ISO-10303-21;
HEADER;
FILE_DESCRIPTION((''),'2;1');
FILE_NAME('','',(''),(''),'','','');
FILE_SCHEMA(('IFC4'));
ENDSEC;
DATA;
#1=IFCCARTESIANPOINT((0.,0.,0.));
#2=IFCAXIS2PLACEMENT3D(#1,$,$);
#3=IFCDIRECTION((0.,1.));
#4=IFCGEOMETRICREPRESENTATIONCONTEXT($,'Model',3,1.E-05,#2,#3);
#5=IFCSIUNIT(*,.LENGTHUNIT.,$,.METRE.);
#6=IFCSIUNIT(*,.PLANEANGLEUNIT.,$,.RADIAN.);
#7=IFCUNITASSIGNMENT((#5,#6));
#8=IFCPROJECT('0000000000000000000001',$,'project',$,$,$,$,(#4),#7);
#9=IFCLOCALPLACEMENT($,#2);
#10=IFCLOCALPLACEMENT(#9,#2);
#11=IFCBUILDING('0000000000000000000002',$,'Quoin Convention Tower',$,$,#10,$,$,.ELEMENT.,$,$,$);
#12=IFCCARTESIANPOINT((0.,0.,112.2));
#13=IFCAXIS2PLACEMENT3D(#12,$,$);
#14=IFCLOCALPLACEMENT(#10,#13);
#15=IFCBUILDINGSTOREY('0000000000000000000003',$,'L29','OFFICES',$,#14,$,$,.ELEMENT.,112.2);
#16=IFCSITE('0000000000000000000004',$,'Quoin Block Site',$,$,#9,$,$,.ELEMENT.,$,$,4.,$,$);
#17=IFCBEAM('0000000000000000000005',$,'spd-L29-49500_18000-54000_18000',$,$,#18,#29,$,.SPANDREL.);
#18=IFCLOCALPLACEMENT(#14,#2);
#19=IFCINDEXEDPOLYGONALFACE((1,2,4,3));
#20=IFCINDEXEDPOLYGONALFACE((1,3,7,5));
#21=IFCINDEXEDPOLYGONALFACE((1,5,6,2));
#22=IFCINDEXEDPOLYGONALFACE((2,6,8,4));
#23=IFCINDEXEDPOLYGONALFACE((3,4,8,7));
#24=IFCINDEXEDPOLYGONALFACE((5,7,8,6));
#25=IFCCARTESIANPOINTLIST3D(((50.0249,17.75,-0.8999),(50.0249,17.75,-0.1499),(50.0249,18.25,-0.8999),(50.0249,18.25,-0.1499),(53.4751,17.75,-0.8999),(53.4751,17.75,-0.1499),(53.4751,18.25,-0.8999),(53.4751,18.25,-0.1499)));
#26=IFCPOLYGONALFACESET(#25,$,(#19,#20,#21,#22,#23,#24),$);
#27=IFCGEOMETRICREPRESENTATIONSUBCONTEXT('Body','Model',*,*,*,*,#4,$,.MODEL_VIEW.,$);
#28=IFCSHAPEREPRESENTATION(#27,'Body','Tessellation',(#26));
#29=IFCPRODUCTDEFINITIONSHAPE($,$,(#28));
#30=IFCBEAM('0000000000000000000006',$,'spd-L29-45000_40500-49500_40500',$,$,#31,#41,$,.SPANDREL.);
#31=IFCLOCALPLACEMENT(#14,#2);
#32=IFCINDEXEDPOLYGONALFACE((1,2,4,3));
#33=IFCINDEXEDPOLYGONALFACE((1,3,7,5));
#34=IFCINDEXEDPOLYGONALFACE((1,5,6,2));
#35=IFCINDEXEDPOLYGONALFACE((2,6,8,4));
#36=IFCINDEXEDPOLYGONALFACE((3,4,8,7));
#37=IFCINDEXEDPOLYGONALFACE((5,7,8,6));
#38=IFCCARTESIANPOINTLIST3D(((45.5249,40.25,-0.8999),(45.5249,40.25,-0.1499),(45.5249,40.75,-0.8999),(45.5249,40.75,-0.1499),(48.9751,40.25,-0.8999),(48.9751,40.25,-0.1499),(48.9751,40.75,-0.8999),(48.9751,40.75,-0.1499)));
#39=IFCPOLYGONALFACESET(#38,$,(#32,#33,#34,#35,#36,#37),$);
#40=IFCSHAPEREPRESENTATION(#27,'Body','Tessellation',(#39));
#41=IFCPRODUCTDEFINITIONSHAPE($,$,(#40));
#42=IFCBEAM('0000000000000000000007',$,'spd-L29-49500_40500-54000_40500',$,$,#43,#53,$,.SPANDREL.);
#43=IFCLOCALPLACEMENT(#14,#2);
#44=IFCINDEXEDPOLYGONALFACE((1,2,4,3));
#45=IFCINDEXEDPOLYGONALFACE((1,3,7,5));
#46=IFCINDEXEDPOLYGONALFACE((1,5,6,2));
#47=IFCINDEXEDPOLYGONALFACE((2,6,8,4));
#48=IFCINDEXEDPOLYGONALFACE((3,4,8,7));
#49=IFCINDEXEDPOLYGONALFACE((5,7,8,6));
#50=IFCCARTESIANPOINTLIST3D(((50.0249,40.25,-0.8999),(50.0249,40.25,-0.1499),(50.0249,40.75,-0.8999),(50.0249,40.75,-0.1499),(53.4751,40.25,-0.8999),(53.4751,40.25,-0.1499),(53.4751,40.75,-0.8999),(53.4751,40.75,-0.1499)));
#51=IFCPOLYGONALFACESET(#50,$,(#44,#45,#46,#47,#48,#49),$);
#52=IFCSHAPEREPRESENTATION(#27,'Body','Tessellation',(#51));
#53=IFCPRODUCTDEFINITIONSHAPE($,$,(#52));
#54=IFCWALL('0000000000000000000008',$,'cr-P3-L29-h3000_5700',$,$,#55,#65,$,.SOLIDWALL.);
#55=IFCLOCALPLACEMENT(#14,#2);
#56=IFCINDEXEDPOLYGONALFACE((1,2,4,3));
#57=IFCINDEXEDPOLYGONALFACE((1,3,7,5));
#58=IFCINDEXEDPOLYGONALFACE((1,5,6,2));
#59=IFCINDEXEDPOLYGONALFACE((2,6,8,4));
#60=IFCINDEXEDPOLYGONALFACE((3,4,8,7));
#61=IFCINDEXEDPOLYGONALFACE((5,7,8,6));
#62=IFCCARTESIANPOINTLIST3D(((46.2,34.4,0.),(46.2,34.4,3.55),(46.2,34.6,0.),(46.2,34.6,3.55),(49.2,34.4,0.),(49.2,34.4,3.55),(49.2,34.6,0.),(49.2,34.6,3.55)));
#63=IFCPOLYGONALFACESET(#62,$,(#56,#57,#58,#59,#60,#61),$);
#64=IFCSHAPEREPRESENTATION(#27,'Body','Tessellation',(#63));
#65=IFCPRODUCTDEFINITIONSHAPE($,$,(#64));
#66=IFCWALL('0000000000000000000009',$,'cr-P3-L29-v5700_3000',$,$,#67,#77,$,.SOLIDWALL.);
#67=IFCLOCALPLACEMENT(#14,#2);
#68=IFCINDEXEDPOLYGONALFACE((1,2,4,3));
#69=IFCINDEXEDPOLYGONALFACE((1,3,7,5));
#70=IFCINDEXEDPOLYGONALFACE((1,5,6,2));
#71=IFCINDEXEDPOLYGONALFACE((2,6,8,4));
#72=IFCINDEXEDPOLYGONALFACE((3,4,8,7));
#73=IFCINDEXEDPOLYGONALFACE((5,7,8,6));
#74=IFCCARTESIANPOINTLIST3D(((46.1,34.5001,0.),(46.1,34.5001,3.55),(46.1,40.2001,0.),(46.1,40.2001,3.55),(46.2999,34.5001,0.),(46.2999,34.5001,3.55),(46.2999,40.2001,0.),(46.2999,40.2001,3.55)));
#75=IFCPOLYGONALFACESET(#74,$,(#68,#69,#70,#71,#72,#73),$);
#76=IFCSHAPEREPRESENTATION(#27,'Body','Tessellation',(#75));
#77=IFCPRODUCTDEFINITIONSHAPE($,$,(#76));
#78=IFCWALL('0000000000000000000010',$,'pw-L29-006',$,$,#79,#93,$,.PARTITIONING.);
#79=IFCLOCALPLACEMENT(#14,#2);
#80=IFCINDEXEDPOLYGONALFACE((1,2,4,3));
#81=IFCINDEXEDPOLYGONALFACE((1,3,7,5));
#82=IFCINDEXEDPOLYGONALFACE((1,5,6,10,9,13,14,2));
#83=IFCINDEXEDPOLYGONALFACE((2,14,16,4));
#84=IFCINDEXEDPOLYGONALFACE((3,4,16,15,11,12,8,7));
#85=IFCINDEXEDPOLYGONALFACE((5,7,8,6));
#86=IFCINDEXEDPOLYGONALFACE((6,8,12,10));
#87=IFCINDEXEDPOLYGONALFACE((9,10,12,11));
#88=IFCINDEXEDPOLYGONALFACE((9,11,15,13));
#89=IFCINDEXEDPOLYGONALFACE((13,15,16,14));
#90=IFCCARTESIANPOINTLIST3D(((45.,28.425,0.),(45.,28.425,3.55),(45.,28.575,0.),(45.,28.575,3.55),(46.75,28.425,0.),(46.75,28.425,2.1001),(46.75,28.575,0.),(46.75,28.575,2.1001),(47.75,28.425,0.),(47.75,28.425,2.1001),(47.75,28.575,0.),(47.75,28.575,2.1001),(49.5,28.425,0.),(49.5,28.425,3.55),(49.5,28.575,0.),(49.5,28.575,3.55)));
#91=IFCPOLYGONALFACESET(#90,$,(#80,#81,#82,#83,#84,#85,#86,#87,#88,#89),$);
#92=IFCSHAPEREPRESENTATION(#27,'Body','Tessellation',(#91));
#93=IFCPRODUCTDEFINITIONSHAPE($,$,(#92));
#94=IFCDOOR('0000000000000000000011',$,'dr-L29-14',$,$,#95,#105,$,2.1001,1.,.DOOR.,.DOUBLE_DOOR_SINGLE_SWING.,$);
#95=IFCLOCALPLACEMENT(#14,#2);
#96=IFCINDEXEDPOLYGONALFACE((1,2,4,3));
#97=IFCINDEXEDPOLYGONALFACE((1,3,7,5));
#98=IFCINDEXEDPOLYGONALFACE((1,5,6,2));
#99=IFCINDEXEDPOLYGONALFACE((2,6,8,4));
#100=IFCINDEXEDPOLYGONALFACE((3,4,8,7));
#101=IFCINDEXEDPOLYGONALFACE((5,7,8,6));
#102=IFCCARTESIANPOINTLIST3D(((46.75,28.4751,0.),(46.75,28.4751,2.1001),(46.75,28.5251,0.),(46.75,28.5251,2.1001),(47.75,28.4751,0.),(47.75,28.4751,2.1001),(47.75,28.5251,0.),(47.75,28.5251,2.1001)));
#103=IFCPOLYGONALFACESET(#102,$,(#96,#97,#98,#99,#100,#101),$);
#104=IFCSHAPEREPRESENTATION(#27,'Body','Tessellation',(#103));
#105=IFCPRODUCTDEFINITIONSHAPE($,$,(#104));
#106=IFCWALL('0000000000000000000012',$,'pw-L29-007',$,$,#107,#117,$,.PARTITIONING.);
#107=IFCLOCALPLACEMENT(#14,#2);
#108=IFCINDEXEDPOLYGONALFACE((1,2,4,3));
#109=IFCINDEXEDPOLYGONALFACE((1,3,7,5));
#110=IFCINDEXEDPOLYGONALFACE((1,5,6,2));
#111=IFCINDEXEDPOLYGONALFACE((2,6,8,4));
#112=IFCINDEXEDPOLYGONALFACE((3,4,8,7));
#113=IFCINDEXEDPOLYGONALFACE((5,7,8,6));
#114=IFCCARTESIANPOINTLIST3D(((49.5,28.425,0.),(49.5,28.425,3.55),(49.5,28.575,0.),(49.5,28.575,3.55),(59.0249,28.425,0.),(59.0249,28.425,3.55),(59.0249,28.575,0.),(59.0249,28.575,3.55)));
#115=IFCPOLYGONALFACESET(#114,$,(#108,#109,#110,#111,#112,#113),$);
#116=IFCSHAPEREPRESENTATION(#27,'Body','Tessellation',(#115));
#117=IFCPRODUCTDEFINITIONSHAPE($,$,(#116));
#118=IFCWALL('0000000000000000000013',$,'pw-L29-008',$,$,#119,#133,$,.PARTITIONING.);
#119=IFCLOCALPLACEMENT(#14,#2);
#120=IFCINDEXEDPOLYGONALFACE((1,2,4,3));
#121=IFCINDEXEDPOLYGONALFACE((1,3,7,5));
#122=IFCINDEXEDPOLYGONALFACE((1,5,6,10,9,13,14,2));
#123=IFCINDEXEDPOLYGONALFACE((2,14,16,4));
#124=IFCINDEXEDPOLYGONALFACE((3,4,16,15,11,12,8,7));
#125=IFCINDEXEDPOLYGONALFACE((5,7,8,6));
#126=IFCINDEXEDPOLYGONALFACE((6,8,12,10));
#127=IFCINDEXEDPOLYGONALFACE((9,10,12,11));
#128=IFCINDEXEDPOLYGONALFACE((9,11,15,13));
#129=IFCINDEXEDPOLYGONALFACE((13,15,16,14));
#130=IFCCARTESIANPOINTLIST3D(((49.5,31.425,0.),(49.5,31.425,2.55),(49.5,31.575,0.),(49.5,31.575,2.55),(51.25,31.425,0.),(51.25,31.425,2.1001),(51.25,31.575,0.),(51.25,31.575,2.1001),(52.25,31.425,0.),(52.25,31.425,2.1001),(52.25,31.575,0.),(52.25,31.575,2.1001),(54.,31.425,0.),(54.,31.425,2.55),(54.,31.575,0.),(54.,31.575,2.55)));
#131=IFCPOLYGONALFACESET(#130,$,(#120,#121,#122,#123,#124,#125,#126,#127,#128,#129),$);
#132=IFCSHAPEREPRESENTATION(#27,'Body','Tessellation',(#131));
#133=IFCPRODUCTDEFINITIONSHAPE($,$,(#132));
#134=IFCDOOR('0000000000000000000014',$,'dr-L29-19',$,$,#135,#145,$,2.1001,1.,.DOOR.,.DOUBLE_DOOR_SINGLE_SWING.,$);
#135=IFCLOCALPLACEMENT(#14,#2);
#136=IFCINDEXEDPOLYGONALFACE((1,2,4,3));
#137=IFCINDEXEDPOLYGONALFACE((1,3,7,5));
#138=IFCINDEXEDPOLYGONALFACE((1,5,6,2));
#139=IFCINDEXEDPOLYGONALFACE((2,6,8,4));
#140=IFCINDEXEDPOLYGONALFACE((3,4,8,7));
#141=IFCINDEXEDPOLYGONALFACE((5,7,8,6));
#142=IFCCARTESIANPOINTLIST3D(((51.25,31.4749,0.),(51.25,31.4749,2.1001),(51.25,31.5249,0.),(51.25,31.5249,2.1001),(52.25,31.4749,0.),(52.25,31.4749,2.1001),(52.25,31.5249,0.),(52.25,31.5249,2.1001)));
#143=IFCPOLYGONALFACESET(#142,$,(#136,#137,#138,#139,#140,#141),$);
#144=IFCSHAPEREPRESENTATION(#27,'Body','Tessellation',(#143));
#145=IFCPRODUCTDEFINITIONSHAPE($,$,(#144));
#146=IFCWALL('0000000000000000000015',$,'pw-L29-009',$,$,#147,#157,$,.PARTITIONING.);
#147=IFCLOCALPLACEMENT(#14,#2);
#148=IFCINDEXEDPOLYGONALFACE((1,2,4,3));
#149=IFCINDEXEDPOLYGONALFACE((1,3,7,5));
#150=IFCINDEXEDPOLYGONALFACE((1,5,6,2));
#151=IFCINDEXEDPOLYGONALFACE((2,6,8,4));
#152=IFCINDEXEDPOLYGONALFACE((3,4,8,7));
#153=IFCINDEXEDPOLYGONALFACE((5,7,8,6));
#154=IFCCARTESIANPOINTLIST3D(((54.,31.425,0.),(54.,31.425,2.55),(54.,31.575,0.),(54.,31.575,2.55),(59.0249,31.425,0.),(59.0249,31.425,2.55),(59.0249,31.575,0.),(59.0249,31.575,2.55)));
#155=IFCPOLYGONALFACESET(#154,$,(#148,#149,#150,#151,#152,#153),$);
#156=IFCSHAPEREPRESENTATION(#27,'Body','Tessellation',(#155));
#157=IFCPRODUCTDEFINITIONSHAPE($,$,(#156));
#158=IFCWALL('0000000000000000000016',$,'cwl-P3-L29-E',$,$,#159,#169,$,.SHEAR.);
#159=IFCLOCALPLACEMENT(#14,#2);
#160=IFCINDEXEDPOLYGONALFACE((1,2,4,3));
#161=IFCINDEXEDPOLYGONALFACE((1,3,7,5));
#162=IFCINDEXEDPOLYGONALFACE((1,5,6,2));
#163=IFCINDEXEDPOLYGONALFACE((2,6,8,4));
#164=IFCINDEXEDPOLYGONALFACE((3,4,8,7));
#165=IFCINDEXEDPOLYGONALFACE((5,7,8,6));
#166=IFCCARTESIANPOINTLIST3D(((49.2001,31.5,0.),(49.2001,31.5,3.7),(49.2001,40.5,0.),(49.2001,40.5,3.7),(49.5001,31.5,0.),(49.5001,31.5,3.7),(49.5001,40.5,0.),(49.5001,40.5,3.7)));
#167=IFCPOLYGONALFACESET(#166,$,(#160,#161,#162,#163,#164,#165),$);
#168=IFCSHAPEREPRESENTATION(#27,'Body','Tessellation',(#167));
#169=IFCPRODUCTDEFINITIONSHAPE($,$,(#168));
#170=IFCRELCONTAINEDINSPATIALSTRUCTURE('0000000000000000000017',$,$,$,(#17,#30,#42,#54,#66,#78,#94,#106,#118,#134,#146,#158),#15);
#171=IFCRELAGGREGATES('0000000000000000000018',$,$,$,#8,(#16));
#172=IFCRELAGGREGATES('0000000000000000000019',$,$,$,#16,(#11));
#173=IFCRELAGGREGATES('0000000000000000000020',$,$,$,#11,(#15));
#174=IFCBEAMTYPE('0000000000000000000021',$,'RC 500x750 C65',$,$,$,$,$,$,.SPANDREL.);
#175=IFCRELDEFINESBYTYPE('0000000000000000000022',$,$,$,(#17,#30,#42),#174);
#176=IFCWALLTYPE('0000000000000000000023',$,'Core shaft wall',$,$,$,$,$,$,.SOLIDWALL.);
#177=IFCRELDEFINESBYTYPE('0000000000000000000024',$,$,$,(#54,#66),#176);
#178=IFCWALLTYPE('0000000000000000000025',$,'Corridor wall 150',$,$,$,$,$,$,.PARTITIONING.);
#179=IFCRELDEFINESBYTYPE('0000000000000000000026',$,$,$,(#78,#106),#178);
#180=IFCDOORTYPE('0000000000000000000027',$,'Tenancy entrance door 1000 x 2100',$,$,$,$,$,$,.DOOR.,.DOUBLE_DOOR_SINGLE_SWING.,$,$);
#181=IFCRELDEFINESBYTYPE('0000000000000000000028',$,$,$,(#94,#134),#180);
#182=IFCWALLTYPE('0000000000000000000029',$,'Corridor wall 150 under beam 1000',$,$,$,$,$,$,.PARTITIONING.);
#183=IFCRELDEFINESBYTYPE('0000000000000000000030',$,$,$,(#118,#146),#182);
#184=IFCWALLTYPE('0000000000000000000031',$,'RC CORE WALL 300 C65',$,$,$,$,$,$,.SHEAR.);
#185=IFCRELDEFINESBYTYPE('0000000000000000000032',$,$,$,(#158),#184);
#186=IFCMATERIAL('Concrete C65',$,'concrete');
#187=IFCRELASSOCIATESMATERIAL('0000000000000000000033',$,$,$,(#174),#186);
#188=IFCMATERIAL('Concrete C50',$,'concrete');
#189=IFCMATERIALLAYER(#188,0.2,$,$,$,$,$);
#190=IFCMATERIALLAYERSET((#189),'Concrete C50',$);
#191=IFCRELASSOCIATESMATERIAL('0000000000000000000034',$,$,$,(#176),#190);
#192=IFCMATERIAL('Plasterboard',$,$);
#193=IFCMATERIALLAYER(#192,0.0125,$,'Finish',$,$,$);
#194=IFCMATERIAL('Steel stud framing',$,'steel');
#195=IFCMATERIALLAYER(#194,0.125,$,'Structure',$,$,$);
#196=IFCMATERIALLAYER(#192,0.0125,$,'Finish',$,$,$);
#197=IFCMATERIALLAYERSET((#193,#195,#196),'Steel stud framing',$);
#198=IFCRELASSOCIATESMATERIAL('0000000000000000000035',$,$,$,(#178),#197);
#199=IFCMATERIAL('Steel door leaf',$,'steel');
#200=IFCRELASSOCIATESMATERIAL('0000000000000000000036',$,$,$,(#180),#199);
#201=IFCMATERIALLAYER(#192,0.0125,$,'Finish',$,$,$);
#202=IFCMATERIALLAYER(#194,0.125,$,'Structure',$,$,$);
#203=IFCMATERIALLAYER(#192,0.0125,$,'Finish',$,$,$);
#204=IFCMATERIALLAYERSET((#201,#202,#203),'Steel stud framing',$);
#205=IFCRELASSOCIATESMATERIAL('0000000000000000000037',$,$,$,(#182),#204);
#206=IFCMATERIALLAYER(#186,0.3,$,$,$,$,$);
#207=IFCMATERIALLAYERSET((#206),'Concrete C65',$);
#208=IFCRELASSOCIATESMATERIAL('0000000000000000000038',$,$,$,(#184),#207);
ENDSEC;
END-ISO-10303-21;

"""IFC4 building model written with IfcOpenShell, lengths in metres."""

from ifc_helpers import new_model, si_unit, direction, frame, frame_2d, origin, origin_2d, place, context, subcontext, project, spatial, rectangle, extrude, material, layer, layer_set, material_profile, profile_set, type_object, element, fill, save


model = new_model("IFC4")

# Units and contexts
model_context = context("Model", 3, precision=1e-05, world=origin(), true_north=direction((0.0, 1.0)))
body_context = subcontext(model_context, "Body", "Model", "MODEL_VIEW")
ifc_project = project(units=[si_unit("LENGTHUNIT", "METRE"), si_unit("PLANEANGLEUNIT", "RADIAN")], contexts=[model_context])

# Site, building, storey
site_placement = place(None, origin())
site = spatial("IfcSite", under=ifc_project, at=site_placement, Name="Quoin Block Site", CompositionType="ELEMENT", RefElevation=4.0)
building_placement = place(site_placement, origin())
building = spatial("IfcBuilding", under=site, at=building_placement, Name="Quoin Convention Tower", CompositionType="ELEMENT")
storey_placement = place(building_placement, frame((0.0, 0.0, 112.2)))
storey = spatial("IfcBuildingStorey", under=building, at=storey_placement, Name="L29", Description="OFFICES", CompositionType="ELEMENT", Elevation=112.2)

# Shared definitions
ifc_material_1 = material(Name="Concrete C65", Category="concrete")

# Beams
ifc_material_profile_1 = material_profile(ifc_material_1, rectangle(XDim=0.5, YDim=0.75, at=origin_2d()), Name="RC 500x750")
ifc_profile_set_1 = profile_set([ifc_material_profile_1], Name="Concrete C65")
beam_type_1 = type_object("IfcBeamType", Name="RC 500x750 C65", PredefinedType="SPANDREL", material=ifc_profile_set_1)
for number, where, z_axis, x_axis, name in (
    (1, (50.0249, 18.0, -0.5249), (1.0, 0.0, 0.0), (0.0, 1.0, 0.0), "spd-L29-49500_18000-54000_18000"),
    (2, (45.5249, 40.5, -0.5249), (1.0, 0.0, 0.0), (0.0, 1.0, 0.0), "spd-L29-45000_40500-49500_40500"),
    (3, (50.0249, 40.5, -0.5249), (1.0, 0.0, 0.0), (0.0, 1.0, 0.0), "spd-L29-49500_40500-54000_40500"),
):
    element("IfcBeam", number, at=place(storey_placement, frame(where, z_axis=z_axis, x_axis=x_axis)), inside=storey, type_object=beam_type_1, Name=name, PredefinedType="SPANDREL", context=body_context, shape_type="SweptSolid", body=[
        extrude(rectangle(XDim=0.5, YDim=0.75, at=origin_2d()), origin(), (0.0, 0.0, 1.0), 3.4502),
    ])

# Walls
ifc_material_2 = material(Name="Concrete C50", Category="concrete")
ifc_layer_1 = layer(ifc_material_2, 0.2)
ifc_layer_set_1 = layer_set([ifc_layer_1], Name="Concrete C50")
wall_type_1 = type_object("IfcWallType", Name="Core shaft wall", PredefinedType="SOLIDWALL", material=ifc_layer_set_1)
wall_1_placement = place(storey_placement, frame((46.2, 34.5, 0.0), z_axis=(0.0, 0.0, 1.0), x_axis=(1.0, 0.0, 0.0)))
element("IfcWall", 4, at=wall_1_placement, inside=storey, type_object=wall_type_1, Name="cr-P3-L29-h3000_5700", PredefinedType="SOLIDWALL", context=body_context, shape_type="SweptSolid", body=[
    extrude(rectangle(XDim=3.0, YDim=0.2, at=frame_2d((1.5, 0.0))), origin(), (0.0, 0.0, 1.0), 3.55),
])
wall_2_placement = place(storey_placement, frame((46.2, 34.5, 0.0), z_axis=(0.0, 0.0, 1.0), x_axis=(0.0, 1.0, 0.0)))
element("IfcWall", 5, at=wall_2_placement, inside=storey, type_object=wall_type_1, Name="cr-P3-L29-v5700_3000", PredefinedType="SOLIDWALL", context=body_context, shape_type="SweptSolid", body=[
    extrude(rectangle(XDim=5.7, YDim=0.2, at=frame_2d((2.8501, 0.0))), origin(), (0.0, 0.0, 1.0), 3.55),
])

# Wall, opening, door
ifc_material_3 = material(Name="Plasterboard")
ifc_layer_2 = layer(ifc_material_3, 0.0125, Name="Finish")
ifc_material_4 = material(Name="Steel stud framing", Category="steel")
ifc_layer_3 = layer(ifc_material_4, 0.125, Name="Structure")
ifc_layer_4 = layer(ifc_material_3, 0.0125, Name="Finish")
ifc_layer_set_2 = layer_set([ifc_layer_2, ifc_layer_3, ifc_layer_4], Name="Steel stud framing")
wall_type_2 = type_object("IfcWallType", Name="Corridor wall 150", PredefinedType="PARTITIONING", material=ifc_layer_set_2)
wall_3_placement = place(storey_placement, frame((45.0, 28.5, 0.0), z_axis=(0.0, 0.0, 1.0), x_axis=(1.0, 0.0, 0.0)))
wall_3 = element("IfcWall", 6, at=wall_3_placement, inside=storey, type_object=wall_type_2, Name="pw-L29-006", PredefinedType="PARTITIONING", context=body_context, shape_type="SweptSolid", body=[
    extrude(rectangle(XDim=4.5, YDim=0.1499, at=frame_2d((2.25, 0.0))), origin(), (0.0, 0.0, 1.0), 3.55),
])
opening_1_placement = place(wall_3_placement, frame((1.75, 0.0, 0.0)))
opening_1 = element("IfcOpeningElement", 7, at=opening_1_placement, cuts=wall_3, PredefinedType="OPENING", context=body_context, shape_type="SweptSolid", body=[
    extrude(rectangle(XDim=1.0, YDim=2.1001, at=frame_2d((0.5, 1.05))), frame((0.0, 0.085, 0.0), z_axis=(0.0, -1.0, 0.0), x_axis=(1.0, 0.0, 0.0)), (0.0, 0.0, 1.0), 0.1699),
])
ifc_material_5 = material(Name="Steel door leaf", Category="steel")
door_type_1 = type_object("IfcDoorType", Name="Tenancy entrance door 1000 x 2100", OperationType="DOUBLE_DOOR_SINGLE_SWING", PredefinedType="DOOR", material=ifc_material_5)
door_1_placement = place(opening_1_placement, frame((1.0, 0.0, 0.0), z_axis=(0.0, 0.0, 1.0), x_axis=(-1.0, 0.0, 0.0)))
door_1 = element("IfcDoor", 8, at=door_1_placement, inside=storey, type_object=door_type_1, Name="dr-L29-14", OperationType="DOUBLE_DOOR_SINGLE_SWING", OverallHeight=2.1001, OverallWidth=1.0, PredefinedType="DOOR", context=body_context, shape_type="SweptSolid", body=[
    extrude(rectangle(XDim=1.0, YDim=2.1001, at=frame_2d((0.5, 1.05))), frame((0.0, 0.0249, 0.0), z_axis=(0.0, -1.0, 0.0), x_axis=(1.0, 0.0, 0.0)), (0.0, 0.0, 1.0), 0.05),
])
fill(opening_1, door_1)

# Wall
wall_4_placement = place(storey_placement, frame((49.5, 28.5, 0.0), z_axis=(0.0, 0.0, 1.0), x_axis=(1.0, 0.0, 0.0)))
element("IfcWall", 9, at=wall_4_placement, inside=storey, type_object=wall_type_2, Name="pw-L29-007", PredefinedType="PARTITIONING", context=body_context, shape_type="SweptSolid", body=[
    extrude(rectangle(XDim=9.5249, YDim=0.1499, at=frame_2d((4.7625, 0.0))), origin(), (0.0, 0.0, 1.0), 3.55),
])

# Wall, opening, door
ifc_layer_5 = layer(ifc_material_3, 0.0125, Name="Finish")
ifc_layer_6 = layer(ifc_material_4, 0.125, Name="Structure")
ifc_layer_7 = layer(ifc_material_3, 0.0125, Name="Finish")
ifc_layer_set_3 = layer_set([ifc_layer_5, ifc_layer_6, ifc_layer_7], Name="Steel stud framing")
wall_type_3 = type_object("IfcWallType", Name="Corridor wall 150 under beam 1000", PredefinedType="PARTITIONING", material=ifc_layer_set_3)
wall_5_placement = place(storey_placement, frame((49.5, 31.5, 0.0), z_axis=(0.0, 0.0, 1.0), x_axis=(1.0, 0.0, 0.0)))
wall_5 = element("IfcWall", 10, at=wall_5_placement, inside=storey, type_object=wall_type_3, Name="pw-L29-008", PredefinedType="PARTITIONING", context=body_context, shape_type="SweptSolid", body=[
    extrude(rectangle(XDim=4.5, YDim=0.1499, at=frame_2d((2.25, 0.0))), origin(), (0.0, 0.0, 1.0), 2.55),
])
opening_2_placement = place(wall_5_placement, frame((1.75, 0.0, 0.0)))
opening_2 = element("IfcOpeningElement", 11, at=opening_2_placement, cuts=wall_5, PredefinedType="OPENING", context=body_context, shape_type="SweptSolid", body=[
    extrude(rectangle(XDim=1.0, YDim=2.1001, at=frame_2d((0.5, 1.05))), frame((0.0, 0.085, 0.0), z_axis=(0.0, -1.0, 0.0), x_axis=(1.0, 0.0, 0.0)), (0.0, 0.0, 1.0), 0.1699),
])
door_2_placement = place(opening_2_placement, origin())
door_2 = element("IfcDoor", 12, at=door_2_placement, inside=storey, type_object=door_type_1, Name="dr-L29-19", OperationType="DOUBLE_DOOR_SINGLE_SWING", OverallHeight=2.1001, OverallWidth=1.0, PredefinedType="DOOR", context=body_context, shape_type="SweptSolid", body=[
    extrude(rectangle(XDim=1.0, YDim=2.1001, at=frame_2d((0.5, 1.05))), frame((0.0, 0.0249, 0.0), z_axis=(0.0, -1.0, 0.0), x_axis=(1.0, 0.0, 0.0)), (0.0, 0.0, 1.0), 0.05),
])
fill(opening_2, door_2)

# Walls
wall_6_placement = place(storey_placement, frame((54.0, 31.5, 0.0), z_axis=(0.0, 0.0, 1.0), x_axis=(1.0, 0.0, 0.0)))
element("IfcWall", 13, at=wall_6_placement, inside=storey, type_object=wall_type_3, Name="pw-L29-009", PredefinedType="PARTITIONING", context=body_context, shape_type="SweptSolid", body=[
    extrude(rectangle(XDim=5.0249, YDim=0.1499, at=frame_2d((2.5125, 0.0))), origin(), (0.0, 0.0, 1.0), 2.55),
])
ifc_layer_8 = layer(ifc_material_1, 0.3)
ifc_layer_set_4 = layer_set([ifc_layer_8], Name="Concrete C65")
wall_type_4 = type_object("IfcWallType", Name="RC CORE WALL 300 C65", PredefinedType="SHEAR", material=ifc_layer_set_4)
wall_7_placement = place(storey_placement, frame((49.3501, 31.5, 0.0), z_axis=(0.0, 0.0, 1.0), x_axis=(0.0, 1.0, 0.0)))
element("IfcWall", 14, at=wall_7_placement, inside=storey, type_object=wall_type_4, Name="cwl-P3-L29-E", PredefinedType="SHEAR", context=body_context, shape_type="SweptSolid", body=[
    extrude(rectangle(XDim=9.0, YDim=0.3, at=frame_2d((4.5, 0.0))), origin(), (0.0, 0.0, 1.0), 3.7),
])

save(model, "model.ifc")
